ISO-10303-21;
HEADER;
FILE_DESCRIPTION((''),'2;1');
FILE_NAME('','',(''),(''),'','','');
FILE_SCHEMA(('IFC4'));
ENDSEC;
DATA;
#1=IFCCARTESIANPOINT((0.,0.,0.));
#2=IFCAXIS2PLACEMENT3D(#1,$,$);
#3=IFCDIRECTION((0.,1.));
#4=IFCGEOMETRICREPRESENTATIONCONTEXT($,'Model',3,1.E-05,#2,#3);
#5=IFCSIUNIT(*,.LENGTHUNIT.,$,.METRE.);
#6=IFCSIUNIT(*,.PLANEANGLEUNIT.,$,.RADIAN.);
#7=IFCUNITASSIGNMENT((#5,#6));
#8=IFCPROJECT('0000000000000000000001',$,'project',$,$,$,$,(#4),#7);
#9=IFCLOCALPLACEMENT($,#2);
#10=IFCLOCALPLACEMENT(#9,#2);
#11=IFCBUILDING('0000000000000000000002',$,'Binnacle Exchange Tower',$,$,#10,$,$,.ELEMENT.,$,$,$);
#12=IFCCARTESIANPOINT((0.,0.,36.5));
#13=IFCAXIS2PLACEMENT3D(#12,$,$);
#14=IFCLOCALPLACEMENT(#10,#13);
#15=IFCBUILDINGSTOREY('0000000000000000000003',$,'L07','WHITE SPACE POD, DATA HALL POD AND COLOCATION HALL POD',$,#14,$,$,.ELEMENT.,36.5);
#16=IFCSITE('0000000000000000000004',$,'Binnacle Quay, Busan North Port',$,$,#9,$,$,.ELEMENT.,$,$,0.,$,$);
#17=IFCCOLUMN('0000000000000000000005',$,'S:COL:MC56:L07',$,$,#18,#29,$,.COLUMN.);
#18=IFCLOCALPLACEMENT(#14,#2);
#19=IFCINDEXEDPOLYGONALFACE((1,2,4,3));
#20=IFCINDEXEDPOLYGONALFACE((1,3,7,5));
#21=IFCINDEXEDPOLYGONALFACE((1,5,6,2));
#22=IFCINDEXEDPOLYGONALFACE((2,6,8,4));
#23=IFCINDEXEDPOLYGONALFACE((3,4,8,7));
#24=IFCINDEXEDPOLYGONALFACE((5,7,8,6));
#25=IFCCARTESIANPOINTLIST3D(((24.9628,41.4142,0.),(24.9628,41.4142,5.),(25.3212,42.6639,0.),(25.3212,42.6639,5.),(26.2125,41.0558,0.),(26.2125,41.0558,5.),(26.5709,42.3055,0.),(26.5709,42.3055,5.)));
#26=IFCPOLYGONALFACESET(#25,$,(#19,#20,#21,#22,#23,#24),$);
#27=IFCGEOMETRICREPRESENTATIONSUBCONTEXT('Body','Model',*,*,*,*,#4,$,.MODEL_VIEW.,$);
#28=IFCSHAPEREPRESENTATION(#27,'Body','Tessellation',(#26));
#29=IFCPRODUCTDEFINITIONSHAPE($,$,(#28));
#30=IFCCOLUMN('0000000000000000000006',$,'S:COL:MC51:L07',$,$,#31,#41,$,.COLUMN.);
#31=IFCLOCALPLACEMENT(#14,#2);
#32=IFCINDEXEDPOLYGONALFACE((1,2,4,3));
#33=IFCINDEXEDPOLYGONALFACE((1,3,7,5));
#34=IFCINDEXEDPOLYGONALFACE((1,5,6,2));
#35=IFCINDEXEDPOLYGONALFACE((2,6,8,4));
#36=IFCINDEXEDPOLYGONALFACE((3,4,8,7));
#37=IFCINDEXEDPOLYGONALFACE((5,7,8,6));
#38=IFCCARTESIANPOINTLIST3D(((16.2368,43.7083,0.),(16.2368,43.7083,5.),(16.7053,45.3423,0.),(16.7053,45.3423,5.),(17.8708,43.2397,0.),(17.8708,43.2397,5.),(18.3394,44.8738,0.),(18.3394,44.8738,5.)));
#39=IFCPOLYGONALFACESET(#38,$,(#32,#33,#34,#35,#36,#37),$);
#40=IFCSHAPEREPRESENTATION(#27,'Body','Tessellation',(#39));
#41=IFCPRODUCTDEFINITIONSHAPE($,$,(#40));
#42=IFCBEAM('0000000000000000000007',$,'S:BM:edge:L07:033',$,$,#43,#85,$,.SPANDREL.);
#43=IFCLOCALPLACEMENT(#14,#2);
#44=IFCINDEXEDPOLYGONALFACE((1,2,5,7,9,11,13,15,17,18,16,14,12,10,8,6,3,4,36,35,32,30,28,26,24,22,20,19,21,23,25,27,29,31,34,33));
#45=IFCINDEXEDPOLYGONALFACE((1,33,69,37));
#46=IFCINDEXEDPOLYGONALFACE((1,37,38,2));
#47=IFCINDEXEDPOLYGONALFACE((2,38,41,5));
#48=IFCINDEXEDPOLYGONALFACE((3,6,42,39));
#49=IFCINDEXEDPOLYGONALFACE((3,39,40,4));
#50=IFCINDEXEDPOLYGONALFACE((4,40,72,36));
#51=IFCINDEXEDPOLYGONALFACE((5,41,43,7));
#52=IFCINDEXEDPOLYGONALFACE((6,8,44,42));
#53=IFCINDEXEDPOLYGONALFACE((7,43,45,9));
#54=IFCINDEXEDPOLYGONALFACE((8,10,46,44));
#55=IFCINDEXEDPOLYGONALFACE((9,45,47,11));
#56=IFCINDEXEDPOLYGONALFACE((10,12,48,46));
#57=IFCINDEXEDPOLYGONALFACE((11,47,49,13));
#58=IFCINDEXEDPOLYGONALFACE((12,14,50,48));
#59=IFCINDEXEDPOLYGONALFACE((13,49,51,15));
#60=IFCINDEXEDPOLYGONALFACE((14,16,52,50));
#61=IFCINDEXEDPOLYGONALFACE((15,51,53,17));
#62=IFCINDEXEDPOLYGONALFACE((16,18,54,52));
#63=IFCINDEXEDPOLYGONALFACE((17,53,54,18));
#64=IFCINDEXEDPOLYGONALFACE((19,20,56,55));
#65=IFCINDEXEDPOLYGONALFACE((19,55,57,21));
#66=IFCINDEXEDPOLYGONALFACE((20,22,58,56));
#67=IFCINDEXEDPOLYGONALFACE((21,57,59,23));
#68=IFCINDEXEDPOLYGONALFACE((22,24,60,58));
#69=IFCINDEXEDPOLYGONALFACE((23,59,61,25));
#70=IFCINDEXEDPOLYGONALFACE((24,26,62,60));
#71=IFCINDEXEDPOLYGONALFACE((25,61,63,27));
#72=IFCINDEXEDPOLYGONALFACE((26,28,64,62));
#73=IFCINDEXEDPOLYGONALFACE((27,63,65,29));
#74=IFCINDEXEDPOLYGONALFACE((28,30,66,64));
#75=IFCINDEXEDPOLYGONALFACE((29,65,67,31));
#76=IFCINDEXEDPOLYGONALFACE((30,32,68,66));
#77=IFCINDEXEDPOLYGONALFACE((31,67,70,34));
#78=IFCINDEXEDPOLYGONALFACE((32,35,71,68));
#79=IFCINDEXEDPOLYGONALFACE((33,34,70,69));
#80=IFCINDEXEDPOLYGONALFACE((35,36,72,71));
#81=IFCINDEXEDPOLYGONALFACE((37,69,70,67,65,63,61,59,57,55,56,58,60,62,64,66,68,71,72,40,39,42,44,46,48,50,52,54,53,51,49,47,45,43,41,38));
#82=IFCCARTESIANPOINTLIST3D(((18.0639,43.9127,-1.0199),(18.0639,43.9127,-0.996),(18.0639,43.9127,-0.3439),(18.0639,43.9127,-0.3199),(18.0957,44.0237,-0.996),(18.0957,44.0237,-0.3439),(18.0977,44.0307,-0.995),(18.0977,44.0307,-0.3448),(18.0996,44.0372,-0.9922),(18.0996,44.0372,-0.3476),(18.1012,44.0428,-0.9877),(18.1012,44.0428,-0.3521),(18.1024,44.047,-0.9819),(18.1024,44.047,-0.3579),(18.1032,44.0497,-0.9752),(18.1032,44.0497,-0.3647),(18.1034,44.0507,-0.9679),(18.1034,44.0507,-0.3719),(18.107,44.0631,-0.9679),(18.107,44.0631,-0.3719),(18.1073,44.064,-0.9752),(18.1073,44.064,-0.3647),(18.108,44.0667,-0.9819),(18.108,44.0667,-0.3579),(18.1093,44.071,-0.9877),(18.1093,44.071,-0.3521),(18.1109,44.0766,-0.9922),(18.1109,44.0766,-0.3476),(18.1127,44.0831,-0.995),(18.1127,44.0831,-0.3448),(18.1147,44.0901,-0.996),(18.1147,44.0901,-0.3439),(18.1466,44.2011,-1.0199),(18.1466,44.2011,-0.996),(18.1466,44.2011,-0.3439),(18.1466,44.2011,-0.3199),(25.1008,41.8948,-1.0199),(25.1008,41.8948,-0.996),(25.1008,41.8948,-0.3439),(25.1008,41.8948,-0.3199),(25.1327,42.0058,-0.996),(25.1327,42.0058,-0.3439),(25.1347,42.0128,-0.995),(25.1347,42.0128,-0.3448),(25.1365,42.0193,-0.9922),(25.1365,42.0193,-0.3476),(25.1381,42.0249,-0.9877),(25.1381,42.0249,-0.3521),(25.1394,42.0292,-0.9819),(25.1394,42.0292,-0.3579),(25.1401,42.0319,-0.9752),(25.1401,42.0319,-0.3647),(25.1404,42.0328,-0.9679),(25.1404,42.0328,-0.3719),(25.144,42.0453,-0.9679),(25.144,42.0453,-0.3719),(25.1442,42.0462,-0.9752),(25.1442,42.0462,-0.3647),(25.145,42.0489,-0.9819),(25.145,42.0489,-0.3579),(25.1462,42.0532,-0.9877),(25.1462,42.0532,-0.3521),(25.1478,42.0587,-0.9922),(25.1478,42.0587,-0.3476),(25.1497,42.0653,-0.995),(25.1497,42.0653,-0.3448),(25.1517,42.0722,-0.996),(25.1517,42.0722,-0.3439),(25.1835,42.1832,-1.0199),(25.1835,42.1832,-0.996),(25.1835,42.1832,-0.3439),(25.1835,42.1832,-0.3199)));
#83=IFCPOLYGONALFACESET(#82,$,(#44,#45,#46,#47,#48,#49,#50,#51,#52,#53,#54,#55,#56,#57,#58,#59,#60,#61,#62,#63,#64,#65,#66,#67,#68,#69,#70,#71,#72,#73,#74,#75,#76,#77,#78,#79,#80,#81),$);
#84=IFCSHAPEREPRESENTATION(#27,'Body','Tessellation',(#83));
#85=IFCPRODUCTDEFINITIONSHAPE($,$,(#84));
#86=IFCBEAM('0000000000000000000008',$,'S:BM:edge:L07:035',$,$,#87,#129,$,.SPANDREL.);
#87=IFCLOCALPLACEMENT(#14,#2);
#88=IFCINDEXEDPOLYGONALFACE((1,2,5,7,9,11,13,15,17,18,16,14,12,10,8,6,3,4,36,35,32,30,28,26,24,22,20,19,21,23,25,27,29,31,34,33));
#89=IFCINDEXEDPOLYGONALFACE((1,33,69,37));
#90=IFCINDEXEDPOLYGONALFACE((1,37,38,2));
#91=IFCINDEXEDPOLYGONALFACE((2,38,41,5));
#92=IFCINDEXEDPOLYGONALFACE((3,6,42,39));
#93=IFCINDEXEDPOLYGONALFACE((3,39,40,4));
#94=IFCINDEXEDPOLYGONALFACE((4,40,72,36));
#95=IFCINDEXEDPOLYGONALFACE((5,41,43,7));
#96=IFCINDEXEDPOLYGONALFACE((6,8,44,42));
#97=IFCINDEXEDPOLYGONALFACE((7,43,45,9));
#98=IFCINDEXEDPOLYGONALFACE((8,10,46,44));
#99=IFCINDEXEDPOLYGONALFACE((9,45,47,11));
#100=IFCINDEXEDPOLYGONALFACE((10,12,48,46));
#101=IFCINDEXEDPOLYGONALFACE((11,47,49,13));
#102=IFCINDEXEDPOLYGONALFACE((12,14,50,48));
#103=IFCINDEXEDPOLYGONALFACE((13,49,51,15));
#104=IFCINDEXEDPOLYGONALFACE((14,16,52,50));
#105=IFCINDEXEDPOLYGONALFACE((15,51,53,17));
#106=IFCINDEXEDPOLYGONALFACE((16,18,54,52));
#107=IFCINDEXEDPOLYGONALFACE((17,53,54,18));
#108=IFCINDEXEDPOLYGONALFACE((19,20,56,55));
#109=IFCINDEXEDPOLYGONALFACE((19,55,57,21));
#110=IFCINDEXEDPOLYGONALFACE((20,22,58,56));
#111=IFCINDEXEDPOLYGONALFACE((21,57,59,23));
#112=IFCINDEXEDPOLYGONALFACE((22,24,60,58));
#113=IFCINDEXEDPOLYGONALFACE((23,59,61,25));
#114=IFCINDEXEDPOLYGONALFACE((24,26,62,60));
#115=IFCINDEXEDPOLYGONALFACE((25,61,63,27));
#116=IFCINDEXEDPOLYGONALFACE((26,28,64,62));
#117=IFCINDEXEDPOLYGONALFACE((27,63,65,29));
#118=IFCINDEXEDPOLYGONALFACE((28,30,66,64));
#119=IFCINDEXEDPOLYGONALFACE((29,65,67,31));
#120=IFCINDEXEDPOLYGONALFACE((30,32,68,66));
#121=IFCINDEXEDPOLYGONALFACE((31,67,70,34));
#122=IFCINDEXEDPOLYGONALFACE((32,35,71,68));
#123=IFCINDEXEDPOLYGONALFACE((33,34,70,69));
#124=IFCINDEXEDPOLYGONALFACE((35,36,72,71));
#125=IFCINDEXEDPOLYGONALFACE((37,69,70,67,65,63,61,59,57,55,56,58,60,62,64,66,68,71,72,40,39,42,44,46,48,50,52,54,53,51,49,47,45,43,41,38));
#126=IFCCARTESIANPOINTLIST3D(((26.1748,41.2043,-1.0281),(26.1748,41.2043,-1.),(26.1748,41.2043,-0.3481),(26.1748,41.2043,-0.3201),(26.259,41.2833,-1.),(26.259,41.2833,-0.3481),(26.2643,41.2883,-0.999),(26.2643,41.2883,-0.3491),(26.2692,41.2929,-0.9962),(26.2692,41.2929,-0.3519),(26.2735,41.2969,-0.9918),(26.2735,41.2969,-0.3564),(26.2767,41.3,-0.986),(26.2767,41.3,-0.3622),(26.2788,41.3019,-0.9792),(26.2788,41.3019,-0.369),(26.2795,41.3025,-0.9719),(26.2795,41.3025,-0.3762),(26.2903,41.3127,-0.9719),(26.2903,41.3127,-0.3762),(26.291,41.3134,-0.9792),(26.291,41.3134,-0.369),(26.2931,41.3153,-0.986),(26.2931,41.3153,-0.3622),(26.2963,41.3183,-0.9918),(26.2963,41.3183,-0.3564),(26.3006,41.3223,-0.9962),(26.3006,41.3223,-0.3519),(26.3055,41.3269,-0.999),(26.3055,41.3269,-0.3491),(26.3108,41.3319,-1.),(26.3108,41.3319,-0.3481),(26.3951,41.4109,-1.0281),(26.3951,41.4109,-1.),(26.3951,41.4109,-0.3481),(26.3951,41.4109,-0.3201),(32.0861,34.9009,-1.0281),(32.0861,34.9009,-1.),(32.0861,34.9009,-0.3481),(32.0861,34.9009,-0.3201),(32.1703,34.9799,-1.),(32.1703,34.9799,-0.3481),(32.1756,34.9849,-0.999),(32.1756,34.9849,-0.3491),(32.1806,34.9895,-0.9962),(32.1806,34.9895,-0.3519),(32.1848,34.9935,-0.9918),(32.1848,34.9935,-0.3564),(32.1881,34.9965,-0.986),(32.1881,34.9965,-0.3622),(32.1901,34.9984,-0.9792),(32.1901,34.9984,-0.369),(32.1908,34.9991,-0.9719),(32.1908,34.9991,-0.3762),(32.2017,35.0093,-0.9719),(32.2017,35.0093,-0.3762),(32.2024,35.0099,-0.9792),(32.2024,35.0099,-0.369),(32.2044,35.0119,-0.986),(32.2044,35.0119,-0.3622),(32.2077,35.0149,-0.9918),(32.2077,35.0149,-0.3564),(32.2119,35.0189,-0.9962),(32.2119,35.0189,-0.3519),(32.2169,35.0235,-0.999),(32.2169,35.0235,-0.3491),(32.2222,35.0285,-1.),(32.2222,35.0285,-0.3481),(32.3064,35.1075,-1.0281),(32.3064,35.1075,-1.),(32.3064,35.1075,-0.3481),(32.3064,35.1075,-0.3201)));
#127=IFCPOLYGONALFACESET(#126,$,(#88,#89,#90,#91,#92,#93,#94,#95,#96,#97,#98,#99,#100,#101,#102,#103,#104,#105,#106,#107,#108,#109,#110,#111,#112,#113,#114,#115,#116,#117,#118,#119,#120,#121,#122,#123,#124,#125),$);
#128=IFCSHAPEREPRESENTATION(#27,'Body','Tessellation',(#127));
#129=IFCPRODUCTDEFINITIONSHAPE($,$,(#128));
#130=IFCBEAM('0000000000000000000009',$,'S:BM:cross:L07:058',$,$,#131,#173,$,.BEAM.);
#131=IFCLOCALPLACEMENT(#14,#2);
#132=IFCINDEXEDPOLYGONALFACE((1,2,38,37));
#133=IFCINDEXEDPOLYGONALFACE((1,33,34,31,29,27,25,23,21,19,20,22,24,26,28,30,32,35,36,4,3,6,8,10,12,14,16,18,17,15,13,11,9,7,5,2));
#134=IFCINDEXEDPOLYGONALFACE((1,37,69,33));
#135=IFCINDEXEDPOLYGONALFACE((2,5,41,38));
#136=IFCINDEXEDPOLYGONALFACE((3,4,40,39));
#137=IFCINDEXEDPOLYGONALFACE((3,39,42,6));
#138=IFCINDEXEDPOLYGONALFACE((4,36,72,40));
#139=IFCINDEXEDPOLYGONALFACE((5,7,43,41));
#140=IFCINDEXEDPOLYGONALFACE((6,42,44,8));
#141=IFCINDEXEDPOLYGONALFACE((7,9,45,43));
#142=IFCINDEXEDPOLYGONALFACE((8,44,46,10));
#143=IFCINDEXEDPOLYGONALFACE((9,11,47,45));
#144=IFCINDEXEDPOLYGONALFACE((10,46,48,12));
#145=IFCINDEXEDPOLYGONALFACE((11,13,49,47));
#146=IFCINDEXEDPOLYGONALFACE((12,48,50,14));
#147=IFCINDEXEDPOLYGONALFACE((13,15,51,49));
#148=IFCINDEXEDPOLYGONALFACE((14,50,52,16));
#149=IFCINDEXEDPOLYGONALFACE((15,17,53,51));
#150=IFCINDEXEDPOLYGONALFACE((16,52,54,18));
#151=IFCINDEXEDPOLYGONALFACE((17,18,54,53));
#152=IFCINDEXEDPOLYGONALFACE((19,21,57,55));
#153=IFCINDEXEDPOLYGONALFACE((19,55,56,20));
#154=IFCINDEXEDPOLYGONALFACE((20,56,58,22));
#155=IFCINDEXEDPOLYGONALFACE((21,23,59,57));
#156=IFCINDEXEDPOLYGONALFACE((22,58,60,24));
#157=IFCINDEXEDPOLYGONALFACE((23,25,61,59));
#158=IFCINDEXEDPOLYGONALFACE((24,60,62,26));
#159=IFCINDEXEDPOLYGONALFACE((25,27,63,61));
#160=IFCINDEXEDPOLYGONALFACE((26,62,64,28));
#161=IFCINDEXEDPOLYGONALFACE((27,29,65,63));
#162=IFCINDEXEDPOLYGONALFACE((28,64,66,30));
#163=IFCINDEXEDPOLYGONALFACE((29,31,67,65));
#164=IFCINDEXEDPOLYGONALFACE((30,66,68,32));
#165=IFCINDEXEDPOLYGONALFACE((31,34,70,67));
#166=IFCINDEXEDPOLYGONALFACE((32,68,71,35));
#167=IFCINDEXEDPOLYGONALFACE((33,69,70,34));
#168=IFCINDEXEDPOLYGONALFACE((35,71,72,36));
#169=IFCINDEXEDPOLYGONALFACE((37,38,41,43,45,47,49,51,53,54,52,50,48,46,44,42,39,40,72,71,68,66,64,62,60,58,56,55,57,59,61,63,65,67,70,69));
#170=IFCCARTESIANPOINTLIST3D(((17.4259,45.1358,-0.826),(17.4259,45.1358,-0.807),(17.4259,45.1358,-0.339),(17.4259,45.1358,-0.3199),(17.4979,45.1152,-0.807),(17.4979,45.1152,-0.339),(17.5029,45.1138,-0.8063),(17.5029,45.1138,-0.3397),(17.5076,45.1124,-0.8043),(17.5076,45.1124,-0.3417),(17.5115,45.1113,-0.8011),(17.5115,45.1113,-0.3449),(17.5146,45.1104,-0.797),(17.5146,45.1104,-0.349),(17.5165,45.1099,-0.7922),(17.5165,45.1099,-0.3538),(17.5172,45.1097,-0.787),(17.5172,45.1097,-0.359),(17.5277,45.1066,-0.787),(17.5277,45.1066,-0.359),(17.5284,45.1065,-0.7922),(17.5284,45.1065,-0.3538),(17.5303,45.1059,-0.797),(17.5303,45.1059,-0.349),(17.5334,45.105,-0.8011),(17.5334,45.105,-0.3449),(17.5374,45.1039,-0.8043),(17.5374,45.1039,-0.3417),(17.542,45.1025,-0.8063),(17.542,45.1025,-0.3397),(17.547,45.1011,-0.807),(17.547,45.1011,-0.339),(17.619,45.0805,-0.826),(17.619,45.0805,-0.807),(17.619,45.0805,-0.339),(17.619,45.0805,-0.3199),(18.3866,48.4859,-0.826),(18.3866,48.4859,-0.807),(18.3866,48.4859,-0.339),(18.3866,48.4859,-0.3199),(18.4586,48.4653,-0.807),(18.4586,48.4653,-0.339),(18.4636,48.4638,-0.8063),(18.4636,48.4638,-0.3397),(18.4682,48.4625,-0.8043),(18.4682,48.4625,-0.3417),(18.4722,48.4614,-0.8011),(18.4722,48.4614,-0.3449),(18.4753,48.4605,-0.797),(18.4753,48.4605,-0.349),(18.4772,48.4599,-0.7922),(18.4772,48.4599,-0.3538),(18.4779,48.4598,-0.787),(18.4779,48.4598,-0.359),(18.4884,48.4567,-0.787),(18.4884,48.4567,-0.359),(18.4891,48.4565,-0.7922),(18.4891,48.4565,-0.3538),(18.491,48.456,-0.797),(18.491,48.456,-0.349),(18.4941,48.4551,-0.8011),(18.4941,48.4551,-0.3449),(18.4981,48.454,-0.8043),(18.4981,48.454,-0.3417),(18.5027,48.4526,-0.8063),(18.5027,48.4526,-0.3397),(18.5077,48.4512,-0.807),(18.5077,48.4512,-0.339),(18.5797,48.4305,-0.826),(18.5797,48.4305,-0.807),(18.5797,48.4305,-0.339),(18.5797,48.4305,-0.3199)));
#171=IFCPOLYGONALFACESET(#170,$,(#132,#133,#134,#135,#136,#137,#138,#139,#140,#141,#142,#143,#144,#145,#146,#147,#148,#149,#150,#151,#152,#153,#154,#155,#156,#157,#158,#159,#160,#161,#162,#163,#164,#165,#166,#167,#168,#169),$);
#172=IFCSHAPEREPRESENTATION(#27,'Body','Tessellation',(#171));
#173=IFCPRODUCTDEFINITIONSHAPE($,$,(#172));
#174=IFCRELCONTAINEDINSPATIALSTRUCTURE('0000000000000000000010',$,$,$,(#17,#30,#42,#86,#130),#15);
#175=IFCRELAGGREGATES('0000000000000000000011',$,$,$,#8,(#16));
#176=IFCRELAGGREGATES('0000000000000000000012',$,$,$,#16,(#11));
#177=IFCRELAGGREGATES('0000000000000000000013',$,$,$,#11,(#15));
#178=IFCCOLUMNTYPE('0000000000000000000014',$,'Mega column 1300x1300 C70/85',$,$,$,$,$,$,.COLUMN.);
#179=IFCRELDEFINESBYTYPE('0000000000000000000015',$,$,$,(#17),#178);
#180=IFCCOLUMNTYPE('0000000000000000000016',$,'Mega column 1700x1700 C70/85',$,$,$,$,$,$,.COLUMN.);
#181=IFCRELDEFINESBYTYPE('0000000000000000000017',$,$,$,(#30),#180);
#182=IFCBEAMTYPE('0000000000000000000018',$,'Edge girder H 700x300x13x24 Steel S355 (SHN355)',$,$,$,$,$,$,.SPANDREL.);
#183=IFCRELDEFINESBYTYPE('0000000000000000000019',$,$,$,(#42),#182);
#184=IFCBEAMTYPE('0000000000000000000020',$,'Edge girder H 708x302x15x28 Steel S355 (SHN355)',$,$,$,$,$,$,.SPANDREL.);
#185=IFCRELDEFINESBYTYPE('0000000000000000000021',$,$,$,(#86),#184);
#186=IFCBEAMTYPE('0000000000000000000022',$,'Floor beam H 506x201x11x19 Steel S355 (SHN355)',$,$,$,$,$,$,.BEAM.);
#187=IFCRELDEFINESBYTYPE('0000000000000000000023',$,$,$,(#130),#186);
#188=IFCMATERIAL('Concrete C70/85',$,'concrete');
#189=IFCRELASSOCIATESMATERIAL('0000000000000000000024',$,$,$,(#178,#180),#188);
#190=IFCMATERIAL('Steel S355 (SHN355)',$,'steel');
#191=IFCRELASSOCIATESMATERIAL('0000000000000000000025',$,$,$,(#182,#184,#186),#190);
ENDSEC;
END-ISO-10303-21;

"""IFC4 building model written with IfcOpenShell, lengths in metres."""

from ifc_helpers import new_model, si_unit, direction, frame, origin, origin_2d, place, context, subcontext, project, spatial, rectangle, i_section, extrude, material, material_profile, profile_set, type_object, element, save


model = new_model("IFC4")

# Units and contexts
model_context = context("Model", 3, precision=1e-05, world=origin(), true_north=direction((0.0, 1.0)))
body_context = subcontext(model_context, "Body", "Model", "MODEL_VIEW")
ifc_project = project(units=[si_unit("LENGTHUNIT", "METRE"), si_unit("PLANEANGLEUNIT", "RADIAN")], contexts=[model_context])

# Site, building, storey
site_placement = place(None, origin())
site = spatial("IfcSite", under=ifc_project, at=site_placement, Name="Binnacle Quay, Busan North Port", CompositionType="ELEMENT", RefElevation=0.0)
building_placement = place(site_placement, origin())
building = spatial("IfcBuilding", under=site, at=building_placement, Name="Binnacle Exchange Tower", CompositionType="ELEMENT")
storey_placement = place(building_placement, frame((0.0, 0.0, 36.5)))
storey = spatial("IfcBuildingStorey", under=building, at=storey_placement, Name="L07", Description="WHITE SPACE POD, DATA HALL POD AND COLOCATION HALL POD", CompositionType="ELEMENT", Elevation=36.5)

# Columns
ifc_material_1 = material(Name="Concrete C70/85", Category="concrete")
ifc_material_profile_1 = material_profile(ifc_material_1, rectangle(XDim=1.3, YDim=1.3, at=origin_2d()), Name="Mega column 1300x1300 C70/85")
ifc_profile_set_1 = profile_set([ifc_material_profile_1], Name="Concrete C70/85")
column_type_1 = type_object("IfcColumnType", Name="Mega column 1300x1300 C70/85", PredefinedType="COLUMN", material=ifc_profile_set_1)
column_1_placement = place(storey_placement, frame((25.7668, 41.8599, 0.0), z_axis=(0.0, 0.0, 1.0), x_axis=(0.961262, -0.275637, 0.0)))
element("IfcColumn", 1, at=column_1_placement, inside=storey, type_object=column_type_1, Name="S:COL:MC56:L07", PredefinedType="COLUMN", context=body_context, shape_type="SweptSolid", body=[
    extrude(rectangle(XDim=1.3, YDim=1.3, at=origin_2d()), origin(), (0.0, 0.0, 1.0), 5.0),
])
ifc_material_profile_2 = material_profile(ifc_material_1, rectangle(XDim=1.7, YDim=1.7, at=origin_2d()), Name="Mega column 1700x1700 C70/85")
ifc_profile_set_2 = profile_set([ifc_material_profile_2], Name="Concrete C70/85")
column_type_2 = type_object("IfcColumnType", Name="Mega column 1700x1700 C70/85", PredefinedType="COLUMN", material=ifc_profile_set_2)
column_2_placement = place(storey_placement, frame((17.2881, 44.291, 0.0), z_axis=(0.0, 0.0, 1.0), x_axis=(0.961262, -0.275637, 0.0)))
element("IfcColumn", 2, at=column_2_placement, inside=storey, type_object=column_type_2, Name="S:COL:MC51:L07", PredefinedType="COLUMN", context=body_context, shape_type="SweptSolid", body=[
    extrude(rectangle(XDim=1.7, YDim=1.7, at=origin_2d()), origin(), (0.0, 0.0, 1.0), 5.0),
])

# Beams
ifc_material_2 = material(Name="Steel S355 (SHN355)", Category="steel")
ifc_material_profile_3 = material_profile(ifc_material_2, i_section(OverallWidth=0.3, OverallDepth=0.7, WebThickness=0.0129, FlangeThickness=0.0239, FilletRadius=0.0281, at=origin_2d()), Name="H 700x300x13x24")
ifc_profile_set_3 = profile_set([ifc_material_profile_3], Name="Steel S355 (SHN355)")
beam_type_1 = type_object("IfcBeamType", Name="Edge girder H 700x300x13x24 Steel S355 (SHN355)", PredefinedType="SPANDREL", material=ifc_profile_set_3)
beam_1_placement = place(storey_placement, frame((18.1052, 44.0569, -0.6699), z_axis=(0.96126, -0.275642, 0.0), x_axis=(0.275642, 0.96126, 0.0)))
element("IfcBeam", 3, at=beam_1_placement, inside=storey, type_object=beam_type_1, Name="S:BM:edge:L07:033", PredefinedType="SPANDREL", context=body_context, shape_type="SweptSolid", body=[
    extrude(i_section(OverallWidth=0.3, OverallDepth=0.7, WebThickness=0.0129, FlangeThickness=0.0239, FilletRadius=0.0281, at=origin_2d()), origin(), (0.0, 0.0, 1.0), 7.3206),
])
ifc_material_profile_4 = material_profile(ifc_material_2, i_section(OverallWidth=0.302, OverallDepth=0.708, WebThickness=0.0149, FlangeThickness=0.0281, FilletRadius=0.0281, at=origin_2d()), Name="H 708x302x15x28")
ifc_profile_set_4 = profile_set([ifc_material_profile_4], Name="Steel S355 (SHN355)")
beam_type_2 = type_object("IfcBeamType", Name="Edge girder H 708x302x15x28 Steel S355 (SHN355)", PredefinedType="SPANDREL", material=ifc_profile_set_4)
beam_2_placement = place(storey_placement, frame((26.2849, 41.3076, -0.6741), z_axis=(0.684057, -0.729429, 0.0), x_axis=(0.729429, 0.684057, 0.0)))
element("IfcBeam", 4, at=beam_2_placement, inside=storey, type_object=beam_type_2, Name="S:BM:edge:L07:035", PredefinedType="SPANDREL", context=body_context, shape_type="SweptSolid", body=[
    extrude(i_section(OverallWidth=0.302, OverallDepth=0.708, WebThickness=0.0149, FlangeThickness=0.0281, FilletRadius=0.0281, at=origin_2d()), origin(), (0.0, 0.0, 1.0), 8.6416),
])
ifc_material_profile_5 = material_profile(ifc_material_2, i_section(OverallWidth=0.2009, OverallDepth=0.5061, WebThickness=0.011, FlangeThickness=0.019, FilletRadius=0.02, at=origin_2d()), Name="H 506x201x11x19")
ifc_profile_set_5 = profile_set([ifc_material_profile_5], Name="Steel S355 (SHN355)")
beam_type_3 = type_object("IfcBeamType", Name="Floor beam H 506x201x11x19 Steel S355 (SHN355)", PredefinedType="BEAM", material=ifc_profile_set_5)
beam_3_placement = place(storey_placement, frame((17.5225, 45.1082, -0.573), z_axis=(0.275655, 0.961257, 0.0), x_axis=(-0.961257, 0.275655, 0.0)))
element("IfcBeam", 5, at=beam_3_placement, inside=storey, type_object=beam_type_3, Name="S:BM:cross:L07:058", PredefinedType="BEAM", context=body_context, shape_type="SweptSolid", body=[
    extrude(i_section(OverallWidth=0.2009, OverallDepth=0.5061, WebThickness=0.011, FlangeThickness=0.019, FilletRadius=0.02, at=origin_2d()), origin(), (0.0, 0.0, 1.0), 3.4851),
])

save(model, "model.ifc")
